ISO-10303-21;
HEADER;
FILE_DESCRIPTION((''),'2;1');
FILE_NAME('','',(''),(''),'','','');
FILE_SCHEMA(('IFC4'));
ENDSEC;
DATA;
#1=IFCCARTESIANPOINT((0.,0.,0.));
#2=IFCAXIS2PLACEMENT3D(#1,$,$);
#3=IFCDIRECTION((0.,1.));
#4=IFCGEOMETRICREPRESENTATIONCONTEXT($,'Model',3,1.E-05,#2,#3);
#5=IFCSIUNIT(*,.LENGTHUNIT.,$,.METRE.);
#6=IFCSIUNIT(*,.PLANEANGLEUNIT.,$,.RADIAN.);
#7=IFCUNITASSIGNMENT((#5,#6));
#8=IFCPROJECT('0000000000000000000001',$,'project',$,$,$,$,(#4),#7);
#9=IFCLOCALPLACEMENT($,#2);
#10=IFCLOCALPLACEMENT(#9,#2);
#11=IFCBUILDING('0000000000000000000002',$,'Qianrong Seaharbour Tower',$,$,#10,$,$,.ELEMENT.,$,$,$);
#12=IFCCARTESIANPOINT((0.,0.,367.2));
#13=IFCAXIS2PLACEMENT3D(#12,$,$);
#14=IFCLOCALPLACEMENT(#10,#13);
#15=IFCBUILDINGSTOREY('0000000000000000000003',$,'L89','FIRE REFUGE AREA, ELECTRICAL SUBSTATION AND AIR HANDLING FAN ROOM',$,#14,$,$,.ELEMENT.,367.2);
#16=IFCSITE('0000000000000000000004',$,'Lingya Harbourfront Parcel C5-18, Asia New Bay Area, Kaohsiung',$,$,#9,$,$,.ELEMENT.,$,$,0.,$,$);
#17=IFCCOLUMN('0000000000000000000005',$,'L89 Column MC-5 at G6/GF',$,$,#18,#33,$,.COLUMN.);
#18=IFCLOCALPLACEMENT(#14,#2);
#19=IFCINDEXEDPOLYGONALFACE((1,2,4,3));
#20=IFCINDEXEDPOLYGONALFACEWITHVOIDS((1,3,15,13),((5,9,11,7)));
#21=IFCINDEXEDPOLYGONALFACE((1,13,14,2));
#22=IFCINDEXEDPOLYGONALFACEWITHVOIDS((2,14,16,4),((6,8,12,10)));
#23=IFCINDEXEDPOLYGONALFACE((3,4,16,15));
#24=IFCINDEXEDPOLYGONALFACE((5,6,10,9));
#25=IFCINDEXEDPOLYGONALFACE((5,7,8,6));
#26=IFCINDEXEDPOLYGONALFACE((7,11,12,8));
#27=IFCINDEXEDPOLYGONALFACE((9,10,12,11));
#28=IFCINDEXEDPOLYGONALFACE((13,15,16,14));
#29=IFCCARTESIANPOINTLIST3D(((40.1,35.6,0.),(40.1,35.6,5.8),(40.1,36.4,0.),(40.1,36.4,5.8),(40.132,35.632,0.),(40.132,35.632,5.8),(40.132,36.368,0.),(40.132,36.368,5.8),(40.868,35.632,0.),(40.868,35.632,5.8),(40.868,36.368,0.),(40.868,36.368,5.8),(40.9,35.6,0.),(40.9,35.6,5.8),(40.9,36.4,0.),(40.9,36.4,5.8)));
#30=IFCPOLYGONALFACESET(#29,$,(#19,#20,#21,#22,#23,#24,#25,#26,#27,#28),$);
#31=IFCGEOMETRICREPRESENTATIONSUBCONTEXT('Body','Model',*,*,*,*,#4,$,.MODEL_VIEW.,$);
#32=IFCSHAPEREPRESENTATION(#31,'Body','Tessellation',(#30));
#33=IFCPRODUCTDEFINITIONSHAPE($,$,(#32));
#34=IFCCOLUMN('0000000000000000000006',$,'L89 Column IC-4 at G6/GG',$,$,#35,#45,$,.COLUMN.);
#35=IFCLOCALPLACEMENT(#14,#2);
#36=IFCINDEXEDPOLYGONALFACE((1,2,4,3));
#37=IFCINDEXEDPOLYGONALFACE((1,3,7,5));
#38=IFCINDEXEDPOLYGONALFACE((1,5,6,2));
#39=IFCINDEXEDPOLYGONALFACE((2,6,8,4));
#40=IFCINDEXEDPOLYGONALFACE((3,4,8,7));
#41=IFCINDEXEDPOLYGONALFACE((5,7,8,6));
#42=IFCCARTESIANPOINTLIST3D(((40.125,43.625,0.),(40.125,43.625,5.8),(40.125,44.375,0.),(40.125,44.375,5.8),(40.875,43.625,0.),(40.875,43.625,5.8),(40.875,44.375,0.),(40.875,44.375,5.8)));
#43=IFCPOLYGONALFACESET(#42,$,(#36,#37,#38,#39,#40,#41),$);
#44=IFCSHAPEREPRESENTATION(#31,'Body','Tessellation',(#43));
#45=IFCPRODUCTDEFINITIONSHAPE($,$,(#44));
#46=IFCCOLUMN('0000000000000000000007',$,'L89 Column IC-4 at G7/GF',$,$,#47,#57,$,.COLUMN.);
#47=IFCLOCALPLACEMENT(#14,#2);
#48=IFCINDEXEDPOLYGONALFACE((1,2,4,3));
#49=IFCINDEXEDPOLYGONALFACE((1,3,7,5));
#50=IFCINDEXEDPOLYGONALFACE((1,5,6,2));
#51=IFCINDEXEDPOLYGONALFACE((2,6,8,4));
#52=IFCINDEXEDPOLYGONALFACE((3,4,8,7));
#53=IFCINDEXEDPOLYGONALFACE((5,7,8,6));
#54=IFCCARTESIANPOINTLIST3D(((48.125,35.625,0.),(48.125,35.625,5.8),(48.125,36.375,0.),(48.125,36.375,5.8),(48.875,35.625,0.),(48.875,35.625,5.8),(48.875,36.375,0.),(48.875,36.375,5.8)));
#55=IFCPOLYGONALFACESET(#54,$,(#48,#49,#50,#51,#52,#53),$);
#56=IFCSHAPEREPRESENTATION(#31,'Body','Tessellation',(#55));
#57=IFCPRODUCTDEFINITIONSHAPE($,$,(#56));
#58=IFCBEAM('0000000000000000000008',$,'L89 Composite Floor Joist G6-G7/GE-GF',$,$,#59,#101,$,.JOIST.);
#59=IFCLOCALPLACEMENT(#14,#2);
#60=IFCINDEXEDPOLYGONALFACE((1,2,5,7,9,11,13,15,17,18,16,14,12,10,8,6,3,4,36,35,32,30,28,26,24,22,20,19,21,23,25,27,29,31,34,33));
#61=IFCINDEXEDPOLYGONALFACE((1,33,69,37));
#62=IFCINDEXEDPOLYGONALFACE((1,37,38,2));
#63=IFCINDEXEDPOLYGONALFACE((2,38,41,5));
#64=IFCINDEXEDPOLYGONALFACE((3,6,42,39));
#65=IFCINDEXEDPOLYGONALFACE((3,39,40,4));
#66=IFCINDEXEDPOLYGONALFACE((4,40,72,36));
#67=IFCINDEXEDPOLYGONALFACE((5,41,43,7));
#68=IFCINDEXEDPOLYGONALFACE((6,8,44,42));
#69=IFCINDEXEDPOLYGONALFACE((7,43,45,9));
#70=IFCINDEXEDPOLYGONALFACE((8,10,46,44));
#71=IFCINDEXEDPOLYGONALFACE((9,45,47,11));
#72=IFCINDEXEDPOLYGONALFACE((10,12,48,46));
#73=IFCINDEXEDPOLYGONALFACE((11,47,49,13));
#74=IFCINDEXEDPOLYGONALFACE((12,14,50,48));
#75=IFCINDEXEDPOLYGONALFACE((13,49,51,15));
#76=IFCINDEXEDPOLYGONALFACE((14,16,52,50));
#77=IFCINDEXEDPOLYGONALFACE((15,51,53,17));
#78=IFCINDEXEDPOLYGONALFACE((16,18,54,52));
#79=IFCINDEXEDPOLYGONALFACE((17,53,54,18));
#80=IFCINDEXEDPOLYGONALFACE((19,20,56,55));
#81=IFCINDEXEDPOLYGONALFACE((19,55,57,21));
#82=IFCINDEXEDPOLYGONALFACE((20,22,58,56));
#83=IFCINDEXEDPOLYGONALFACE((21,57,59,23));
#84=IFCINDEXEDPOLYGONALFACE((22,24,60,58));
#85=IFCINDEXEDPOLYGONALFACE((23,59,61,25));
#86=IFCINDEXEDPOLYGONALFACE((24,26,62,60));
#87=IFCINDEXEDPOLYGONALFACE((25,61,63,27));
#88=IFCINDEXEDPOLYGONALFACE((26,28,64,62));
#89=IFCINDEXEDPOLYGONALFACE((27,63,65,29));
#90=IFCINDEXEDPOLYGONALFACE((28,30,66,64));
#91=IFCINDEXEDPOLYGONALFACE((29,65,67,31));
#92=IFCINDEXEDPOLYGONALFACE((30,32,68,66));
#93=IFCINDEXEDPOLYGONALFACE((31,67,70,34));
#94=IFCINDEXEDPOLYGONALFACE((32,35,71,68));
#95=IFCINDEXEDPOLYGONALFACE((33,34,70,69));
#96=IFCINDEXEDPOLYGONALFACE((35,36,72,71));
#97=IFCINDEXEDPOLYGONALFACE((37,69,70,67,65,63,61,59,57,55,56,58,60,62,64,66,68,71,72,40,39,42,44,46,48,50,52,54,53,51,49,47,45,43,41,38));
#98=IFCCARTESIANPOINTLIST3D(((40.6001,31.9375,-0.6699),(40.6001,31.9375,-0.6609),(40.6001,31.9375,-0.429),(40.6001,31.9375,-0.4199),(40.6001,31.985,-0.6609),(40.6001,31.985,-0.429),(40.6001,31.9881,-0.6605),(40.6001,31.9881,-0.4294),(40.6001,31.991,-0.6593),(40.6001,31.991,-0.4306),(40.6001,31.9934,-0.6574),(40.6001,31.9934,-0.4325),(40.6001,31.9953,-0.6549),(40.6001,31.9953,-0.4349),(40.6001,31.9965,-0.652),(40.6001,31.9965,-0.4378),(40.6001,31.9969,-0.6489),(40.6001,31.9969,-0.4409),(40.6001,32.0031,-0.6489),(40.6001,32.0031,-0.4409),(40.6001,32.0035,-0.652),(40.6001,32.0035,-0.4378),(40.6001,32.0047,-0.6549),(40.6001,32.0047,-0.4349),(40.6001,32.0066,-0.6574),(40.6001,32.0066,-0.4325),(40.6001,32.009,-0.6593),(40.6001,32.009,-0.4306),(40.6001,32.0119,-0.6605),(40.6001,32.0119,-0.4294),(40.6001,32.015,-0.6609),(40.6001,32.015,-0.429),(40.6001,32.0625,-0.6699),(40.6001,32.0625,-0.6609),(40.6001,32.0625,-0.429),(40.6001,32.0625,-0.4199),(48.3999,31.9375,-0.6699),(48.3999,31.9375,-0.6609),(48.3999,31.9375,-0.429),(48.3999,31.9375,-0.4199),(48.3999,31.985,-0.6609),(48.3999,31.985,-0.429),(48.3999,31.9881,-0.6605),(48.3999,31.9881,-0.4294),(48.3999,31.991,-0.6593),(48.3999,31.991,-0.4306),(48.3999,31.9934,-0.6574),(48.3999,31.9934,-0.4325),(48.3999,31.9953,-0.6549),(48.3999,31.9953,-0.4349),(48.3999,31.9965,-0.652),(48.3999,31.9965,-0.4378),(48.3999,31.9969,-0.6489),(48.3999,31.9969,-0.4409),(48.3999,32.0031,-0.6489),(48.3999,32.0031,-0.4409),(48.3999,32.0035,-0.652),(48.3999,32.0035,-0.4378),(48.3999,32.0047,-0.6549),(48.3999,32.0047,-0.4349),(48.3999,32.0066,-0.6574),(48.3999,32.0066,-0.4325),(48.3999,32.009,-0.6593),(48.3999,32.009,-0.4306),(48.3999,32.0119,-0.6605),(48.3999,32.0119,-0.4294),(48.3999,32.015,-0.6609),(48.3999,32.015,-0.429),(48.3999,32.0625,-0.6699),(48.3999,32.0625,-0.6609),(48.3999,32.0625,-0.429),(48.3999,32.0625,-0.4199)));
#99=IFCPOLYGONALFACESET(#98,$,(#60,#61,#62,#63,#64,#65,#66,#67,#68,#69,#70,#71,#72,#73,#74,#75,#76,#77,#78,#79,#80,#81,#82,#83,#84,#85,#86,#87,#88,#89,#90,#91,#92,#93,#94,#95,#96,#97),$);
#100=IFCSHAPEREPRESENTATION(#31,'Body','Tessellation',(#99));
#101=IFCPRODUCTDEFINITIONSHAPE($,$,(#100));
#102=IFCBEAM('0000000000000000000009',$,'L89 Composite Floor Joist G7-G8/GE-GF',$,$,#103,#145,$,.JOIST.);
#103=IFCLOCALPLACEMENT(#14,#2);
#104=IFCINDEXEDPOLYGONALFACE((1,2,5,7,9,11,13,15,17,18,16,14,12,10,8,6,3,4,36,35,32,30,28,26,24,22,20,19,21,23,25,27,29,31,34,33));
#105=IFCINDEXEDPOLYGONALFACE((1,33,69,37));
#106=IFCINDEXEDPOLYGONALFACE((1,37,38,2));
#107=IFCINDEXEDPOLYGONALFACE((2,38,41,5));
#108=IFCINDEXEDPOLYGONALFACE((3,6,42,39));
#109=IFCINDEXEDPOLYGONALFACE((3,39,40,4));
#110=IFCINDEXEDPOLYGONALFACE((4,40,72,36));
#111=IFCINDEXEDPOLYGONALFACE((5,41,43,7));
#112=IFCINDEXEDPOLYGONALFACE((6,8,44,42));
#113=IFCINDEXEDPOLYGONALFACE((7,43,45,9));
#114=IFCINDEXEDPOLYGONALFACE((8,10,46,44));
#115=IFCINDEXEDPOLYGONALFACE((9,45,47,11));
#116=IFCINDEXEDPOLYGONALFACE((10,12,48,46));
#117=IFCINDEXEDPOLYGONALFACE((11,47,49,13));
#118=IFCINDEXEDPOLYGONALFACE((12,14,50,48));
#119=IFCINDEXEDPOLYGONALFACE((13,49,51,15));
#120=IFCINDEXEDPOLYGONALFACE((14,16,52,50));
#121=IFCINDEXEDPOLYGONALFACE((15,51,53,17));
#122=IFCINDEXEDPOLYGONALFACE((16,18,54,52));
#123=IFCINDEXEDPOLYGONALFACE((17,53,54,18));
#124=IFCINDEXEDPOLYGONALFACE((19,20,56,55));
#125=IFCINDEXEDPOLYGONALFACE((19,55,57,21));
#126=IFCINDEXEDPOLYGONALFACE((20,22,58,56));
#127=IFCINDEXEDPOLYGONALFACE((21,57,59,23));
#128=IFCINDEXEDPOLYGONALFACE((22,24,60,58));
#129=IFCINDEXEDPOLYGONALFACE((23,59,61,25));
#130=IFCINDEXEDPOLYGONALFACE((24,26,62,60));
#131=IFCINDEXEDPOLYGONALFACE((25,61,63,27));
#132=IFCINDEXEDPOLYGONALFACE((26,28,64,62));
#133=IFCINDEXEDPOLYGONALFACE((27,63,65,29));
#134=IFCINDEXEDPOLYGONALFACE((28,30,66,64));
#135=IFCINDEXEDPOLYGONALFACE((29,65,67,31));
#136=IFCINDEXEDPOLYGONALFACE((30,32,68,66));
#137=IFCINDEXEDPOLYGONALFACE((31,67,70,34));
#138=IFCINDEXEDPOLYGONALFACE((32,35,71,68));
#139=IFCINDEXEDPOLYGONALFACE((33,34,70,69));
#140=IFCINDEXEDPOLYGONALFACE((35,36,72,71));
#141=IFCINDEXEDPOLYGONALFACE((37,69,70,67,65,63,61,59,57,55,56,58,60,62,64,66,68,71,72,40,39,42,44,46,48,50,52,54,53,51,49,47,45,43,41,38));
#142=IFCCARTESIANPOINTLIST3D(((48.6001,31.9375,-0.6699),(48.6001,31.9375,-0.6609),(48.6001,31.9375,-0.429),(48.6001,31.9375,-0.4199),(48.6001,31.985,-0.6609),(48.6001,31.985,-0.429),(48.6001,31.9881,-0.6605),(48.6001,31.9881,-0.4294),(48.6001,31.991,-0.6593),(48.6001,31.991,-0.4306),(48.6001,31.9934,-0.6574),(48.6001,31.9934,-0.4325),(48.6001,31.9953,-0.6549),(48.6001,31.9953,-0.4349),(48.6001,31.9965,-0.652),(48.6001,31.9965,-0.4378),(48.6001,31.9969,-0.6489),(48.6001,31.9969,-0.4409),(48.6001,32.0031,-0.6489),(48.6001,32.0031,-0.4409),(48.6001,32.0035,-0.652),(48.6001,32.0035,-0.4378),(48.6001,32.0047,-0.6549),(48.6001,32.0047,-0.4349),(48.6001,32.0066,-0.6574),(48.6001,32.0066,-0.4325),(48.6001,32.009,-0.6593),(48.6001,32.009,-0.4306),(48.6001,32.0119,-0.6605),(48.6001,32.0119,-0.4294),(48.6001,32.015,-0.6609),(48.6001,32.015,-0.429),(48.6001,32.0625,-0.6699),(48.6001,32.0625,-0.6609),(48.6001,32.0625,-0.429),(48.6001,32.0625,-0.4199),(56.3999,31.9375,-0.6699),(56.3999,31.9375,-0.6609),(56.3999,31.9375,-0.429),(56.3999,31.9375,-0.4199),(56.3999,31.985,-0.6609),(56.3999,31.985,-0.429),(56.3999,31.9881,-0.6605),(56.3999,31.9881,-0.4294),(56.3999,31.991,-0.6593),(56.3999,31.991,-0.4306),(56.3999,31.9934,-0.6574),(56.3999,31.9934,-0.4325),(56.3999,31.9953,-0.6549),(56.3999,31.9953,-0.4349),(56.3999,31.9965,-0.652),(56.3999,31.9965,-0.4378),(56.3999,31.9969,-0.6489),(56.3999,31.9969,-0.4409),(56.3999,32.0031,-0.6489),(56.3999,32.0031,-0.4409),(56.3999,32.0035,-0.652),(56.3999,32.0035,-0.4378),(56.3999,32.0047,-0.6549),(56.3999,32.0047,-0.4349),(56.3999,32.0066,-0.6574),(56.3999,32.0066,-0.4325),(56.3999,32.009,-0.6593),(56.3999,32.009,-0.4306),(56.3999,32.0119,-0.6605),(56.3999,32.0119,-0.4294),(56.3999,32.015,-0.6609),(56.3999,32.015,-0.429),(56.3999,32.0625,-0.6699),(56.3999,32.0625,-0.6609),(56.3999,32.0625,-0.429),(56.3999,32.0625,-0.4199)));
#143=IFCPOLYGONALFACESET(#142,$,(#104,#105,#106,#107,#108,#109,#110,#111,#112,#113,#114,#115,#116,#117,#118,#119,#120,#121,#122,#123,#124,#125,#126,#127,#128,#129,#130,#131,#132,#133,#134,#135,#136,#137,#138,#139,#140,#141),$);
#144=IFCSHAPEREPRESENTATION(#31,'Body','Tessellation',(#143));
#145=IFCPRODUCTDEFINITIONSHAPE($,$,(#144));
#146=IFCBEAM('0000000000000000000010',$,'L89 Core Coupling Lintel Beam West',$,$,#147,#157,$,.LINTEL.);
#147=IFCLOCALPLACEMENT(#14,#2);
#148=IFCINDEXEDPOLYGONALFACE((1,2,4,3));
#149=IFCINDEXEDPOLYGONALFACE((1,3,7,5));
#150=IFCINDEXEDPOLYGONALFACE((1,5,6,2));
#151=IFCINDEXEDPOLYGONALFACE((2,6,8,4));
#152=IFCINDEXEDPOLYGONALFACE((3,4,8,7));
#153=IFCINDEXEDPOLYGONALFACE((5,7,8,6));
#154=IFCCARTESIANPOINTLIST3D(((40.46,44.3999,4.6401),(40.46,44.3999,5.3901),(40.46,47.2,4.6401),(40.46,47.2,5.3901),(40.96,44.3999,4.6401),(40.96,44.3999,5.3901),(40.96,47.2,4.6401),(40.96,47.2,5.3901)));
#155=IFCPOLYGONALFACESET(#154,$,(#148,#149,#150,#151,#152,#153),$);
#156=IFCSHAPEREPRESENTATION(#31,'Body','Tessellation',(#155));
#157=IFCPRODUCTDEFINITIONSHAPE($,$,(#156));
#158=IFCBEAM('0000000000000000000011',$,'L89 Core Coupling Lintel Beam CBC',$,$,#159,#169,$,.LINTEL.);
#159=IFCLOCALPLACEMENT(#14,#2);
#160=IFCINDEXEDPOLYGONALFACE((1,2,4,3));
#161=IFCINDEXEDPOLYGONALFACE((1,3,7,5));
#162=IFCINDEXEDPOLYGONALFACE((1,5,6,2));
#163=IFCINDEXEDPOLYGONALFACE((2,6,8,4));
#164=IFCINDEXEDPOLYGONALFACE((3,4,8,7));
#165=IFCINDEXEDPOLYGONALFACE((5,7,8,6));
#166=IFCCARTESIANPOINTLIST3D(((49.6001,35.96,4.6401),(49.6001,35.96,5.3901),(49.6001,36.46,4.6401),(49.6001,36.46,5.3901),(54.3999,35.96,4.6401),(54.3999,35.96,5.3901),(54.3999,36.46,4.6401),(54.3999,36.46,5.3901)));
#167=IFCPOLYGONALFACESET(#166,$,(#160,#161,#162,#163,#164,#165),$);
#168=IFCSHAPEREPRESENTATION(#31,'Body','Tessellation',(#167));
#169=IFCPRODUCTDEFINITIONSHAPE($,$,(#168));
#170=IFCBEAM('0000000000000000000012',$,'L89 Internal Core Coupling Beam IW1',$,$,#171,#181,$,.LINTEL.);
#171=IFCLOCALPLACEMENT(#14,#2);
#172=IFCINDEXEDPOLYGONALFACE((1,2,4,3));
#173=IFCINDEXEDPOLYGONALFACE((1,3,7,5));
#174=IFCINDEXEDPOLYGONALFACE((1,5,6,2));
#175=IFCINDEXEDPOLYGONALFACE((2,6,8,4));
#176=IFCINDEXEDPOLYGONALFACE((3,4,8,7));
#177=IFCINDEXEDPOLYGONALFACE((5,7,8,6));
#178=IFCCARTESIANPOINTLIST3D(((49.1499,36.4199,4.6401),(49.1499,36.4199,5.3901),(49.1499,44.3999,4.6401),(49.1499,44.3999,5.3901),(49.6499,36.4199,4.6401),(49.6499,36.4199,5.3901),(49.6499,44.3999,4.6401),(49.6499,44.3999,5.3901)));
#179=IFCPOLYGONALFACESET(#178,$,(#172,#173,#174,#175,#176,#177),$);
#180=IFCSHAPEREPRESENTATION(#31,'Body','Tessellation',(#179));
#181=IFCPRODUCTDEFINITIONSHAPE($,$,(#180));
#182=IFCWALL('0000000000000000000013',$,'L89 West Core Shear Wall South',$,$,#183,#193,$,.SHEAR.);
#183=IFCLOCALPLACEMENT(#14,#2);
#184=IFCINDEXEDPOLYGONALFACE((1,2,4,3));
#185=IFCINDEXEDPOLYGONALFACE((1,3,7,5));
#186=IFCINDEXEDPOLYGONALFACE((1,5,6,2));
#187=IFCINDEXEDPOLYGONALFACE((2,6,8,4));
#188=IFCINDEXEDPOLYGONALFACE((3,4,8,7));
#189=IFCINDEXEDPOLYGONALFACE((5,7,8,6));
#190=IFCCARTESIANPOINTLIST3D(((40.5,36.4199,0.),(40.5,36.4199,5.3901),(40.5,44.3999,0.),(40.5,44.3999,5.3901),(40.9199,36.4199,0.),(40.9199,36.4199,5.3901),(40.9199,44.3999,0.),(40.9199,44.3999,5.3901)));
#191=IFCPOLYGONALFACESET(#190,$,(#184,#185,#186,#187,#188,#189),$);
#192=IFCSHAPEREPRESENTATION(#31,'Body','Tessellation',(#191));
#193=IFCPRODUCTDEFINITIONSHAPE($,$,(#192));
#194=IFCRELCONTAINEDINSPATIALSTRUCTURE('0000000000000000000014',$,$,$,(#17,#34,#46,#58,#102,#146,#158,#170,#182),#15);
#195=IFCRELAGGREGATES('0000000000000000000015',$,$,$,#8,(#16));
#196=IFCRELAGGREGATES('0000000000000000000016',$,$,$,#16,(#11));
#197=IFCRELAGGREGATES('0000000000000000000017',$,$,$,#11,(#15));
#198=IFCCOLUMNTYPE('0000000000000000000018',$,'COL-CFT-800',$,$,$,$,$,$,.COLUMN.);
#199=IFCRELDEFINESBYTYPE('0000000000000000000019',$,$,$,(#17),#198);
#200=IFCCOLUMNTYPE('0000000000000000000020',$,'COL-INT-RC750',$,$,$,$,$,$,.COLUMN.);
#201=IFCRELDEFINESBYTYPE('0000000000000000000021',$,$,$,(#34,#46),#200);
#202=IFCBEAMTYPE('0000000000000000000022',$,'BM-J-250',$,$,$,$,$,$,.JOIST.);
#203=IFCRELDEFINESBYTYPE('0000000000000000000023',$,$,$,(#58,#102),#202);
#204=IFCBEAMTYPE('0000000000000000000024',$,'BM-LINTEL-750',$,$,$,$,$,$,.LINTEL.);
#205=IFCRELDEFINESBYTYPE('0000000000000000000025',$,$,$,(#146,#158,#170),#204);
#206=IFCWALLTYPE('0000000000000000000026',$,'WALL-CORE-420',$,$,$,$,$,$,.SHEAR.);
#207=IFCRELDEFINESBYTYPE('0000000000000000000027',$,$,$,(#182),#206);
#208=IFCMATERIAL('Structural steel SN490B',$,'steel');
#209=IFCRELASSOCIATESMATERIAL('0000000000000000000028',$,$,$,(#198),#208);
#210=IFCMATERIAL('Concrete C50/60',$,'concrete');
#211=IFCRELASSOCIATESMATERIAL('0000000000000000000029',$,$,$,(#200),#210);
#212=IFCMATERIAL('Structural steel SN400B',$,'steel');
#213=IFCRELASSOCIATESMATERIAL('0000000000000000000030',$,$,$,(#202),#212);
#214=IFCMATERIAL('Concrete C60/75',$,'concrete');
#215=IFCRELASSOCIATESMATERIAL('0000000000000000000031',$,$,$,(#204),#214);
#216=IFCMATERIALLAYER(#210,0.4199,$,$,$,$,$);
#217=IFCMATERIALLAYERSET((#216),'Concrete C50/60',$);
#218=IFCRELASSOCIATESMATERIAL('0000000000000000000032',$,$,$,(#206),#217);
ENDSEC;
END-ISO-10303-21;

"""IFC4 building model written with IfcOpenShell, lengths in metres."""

from ifc_helpers import new_model, si_unit, direction, frame, frame_2d, origin, origin_2d, place, context, subcontext, project, spatial, rectangle, hollow_rectangle, i_section, extrude, material, layer, layer_set, material_profile, profile_set, type_object, element, save


model = new_model("IFC4")

# Units and contexts
model_context = context("Model", 3, precision=1e-05, world=origin(), true_north=direction((0.0, 1.0)))
body_context = subcontext(model_context, "Body", "Model", "MODEL_VIEW")
ifc_project = project(units=[si_unit("LENGTHUNIT", "METRE"), si_unit("PLANEANGLEUNIT", "RADIAN")], contexts=[model_context])

# Site, building, storey
site_placement = place(None, origin())
site = spatial("IfcSite", under=ifc_project, at=site_placement, Name="Lingya Harbourfront Parcel C5-18, Asia New Bay Area, Kaohsiung", CompositionType="ELEMENT", RefElevation=0.0)
building_placement = place(site_placement, origin())
building = spatial("IfcBuilding", under=site, at=building_placement, Name="Qianrong Seaharbour Tower", CompositionType="ELEMENT")
storey_placement = place(building_placement, frame((0.0, 0.0, 367.2)))
storey = spatial("IfcBuildingStorey", under=building, at=storey_placement, Name="L89", Description="FIRE REFUGE AREA, ELECTRICAL SUBSTATION AND AIR HANDLING FAN ROOM", CompositionType="ELEMENT", Elevation=367.2)

# Columns
ifc_material_1 = material(Name="Structural steel SN490B", Category="steel")
ifc_material_profile_1 = material_profile(ifc_material_1, hollow_rectangle(XDim=0.8, YDim=0.8, WallThickness=0.032, at=origin_2d()), Name="BOX800x800x32")
ifc_profile_set_1 = profile_set([ifc_material_profile_1], Name="Structural steel SN490B")
column_type_1 = type_object("IfcColumnType", Name="COL-CFT-800", PredefinedType="COLUMN", material=ifc_profile_set_1)
column_placement = place(storey_placement, frame((40.5, 36.0, 0.0), z_axis=(0.0, 0.0, 1.0), x_axis=(1.0, 0.0, 0.0)))
element("IfcColumn", 1, at=column_placement, inside=storey, type_object=column_type_1, Name="L89 Column MC-5 at G6/GF", PredefinedType="COLUMN", context=body_context, shape_type="SweptSolid", body=[
    extrude(hollow_rectangle(XDim=0.8, YDim=0.8, WallThickness=0.032, at=origin_2d()), origin(), (0.0, 0.0, 1.0), 5.8),
])
ifc_material_2 = material(Name="Concrete C50/60", Category="concrete")
ifc_material_profile_2 = material_profile(ifc_material_2, rectangle(XDim=0.75, YDim=0.75, at=origin_2d()), Name="RC750x750")
ifc_profile_set_2 = profile_set([ifc_material_profile_2], Name="Concrete C50/60")
column_type_2 = type_object("IfcColumnType", Name="COL-INT-RC750", PredefinedType="COLUMN", material=ifc_profile_set_2)
for number, where, z_axis, x_axis, name in (
    (2, (40.5, 44.0, 0.0), (0.0, 0.0, 1.0), (1.0, 0.0, 0.0), "L89 Column IC-4 at G6/GG"),
    (3, (48.5, 36.0, 0.0), (0.0, 0.0, 1.0), (1.0, 0.0, 0.0), "L89 Column IC-4 at G7/GF"),
):
    element("IfcColumn", number, at=place(storey_placement, frame(where, z_axis=z_axis, x_axis=x_axis)), inside=storey, type_object=column_type_2, Name=name, PredefinedType="COLUMN", context=body_context, shape_type="SweptSolid", body=[
        extrude(rectangle(XDim=0.75, YDim=0.75, at=origin_2d()), origin(), (0.0, 0.0, 1.0), 5.8),
    ])

# Beams
ifc_material_3 = material(Name="Structural steel SN400B", Category="steel")
ifc_material_profile_3 = material_profile(ifc_material_3, i_section(OverallWidth=0.125, OverallDepth=0.25, WebThickness=0.0061, FlangeThickness=0.009, FilletRadius=0.012, at=origin_2d()), Name="H250x125x6x9")
ifc_profile_set_3 = profile_set([ifc_material_profile_3], Name="Structural steel SN400B")
beam_type_1 = type_object("IfcBeamType", Name="BM-J-250", PredefinedType="JOIST", material=ifc_profile_set_3)
for number, where, z_axis, x_axis, name in (
    (4, (40.6001, 32.0, -0.5449), (1.0, 0.0, 0.0), (0.0, 1.0, 0.0), "L89 Composite Floor Joist G6-G7/GE-GF"),
    (5, (48.6001, 32.0, -0.5449), (1.0, 0.0, 0.0), (0.0, 1.0, 0.0), "L89 Composite Floor Joist G7-G8/GE-GF"),
):
    element("IfcBeam", number, at=place(storey_placement, frame(where, z_axis=z_axis, x_axis=x_axis)), inside=storey, type_object=beam_type_1, Name=name, PredefinedType="JOIST", context=body_context, shape_type="SweptSolid", body=[
        extrude(i_section(OverallWidth=0.125, OverallDepth=0.25, WebThickness=0.0061, FlangeThickness=0.009, FilletRadius=0.012, at=origin_2d()), origin(), (0.0, 0.0, 1.0), 7.7998),
    ])
ifc_material_4 = material(Name="Concrete C60/75", Category="concrete")
ifc_material_profile_4 = material_profile(ifc_material_4, rectangle(XDim=0.5, YDim=0.75, at=origin_2d()), Name="RC500x750")
ifc_profile_set_4 = profile_set([ifc_material_profile_4], Name="Concrete C60/75")
beam_type_2 = type_object("IfcBeamType", Name="BM-LINTEL-750", PredefinedType="LINTEL", material=ifc_profile_set_4)
beam_1_placement = place(storey_placement, frame((40.71, 44.3999, 5.0151), z_axis=(0.0, 1.0, 0.0), x_axis=(-1.0, 0.0, 0.0)))
element("IfcBeam", 6, at=beam_1_placement, inside=storey, type_object=beam_type_2, Name="L89 Core Coupling Lintel Beam West", PredefinedType="LINTEL", context=body_context, shape_type="SweptSolid", body=[
    extrude(rectangle(XDim=0.5, YDim=0.75, at=origin_2d()), origin(), (0.0, 0.0, 1.0), 2.8),
])
beam_2_placement = place(storey_placement, frame((49.6001, 36.21, 5.0151), z_axis=(1.0, 0.0, 0.0), x_axis=(0.0, 1.0, 0.0)))
element("IfcBeam", 7, at=beam_2_placement, inside=storey, type_object=beam_type_2, Name="L89 Core Coupling Lintel Beam CBC", PredefinedType="LINTEL", context=body_context, shape_type="SweptSolid", body=[
    extrude(rectangle(XDim=0.5, YDim=0.75, at=origin_2d()), origin(), (0.0, 0.0, 1.0), 4.7998),
])
beam_3_placement = place(storey_placement, frame((49.3999, 36.4199, 5.0151), z_axis=(0.0, 1.0, 0.0), x_axis=(-1.0, 0.0, 0.0)))
element("IfcBeam", 8, at=beam_3_placement, inside=storey, type_object=beam_type_2, Name="L89 Internal Core Coupling Beam IW1", PredefinedType="LINTEL", context=body_context, shape_type="SweptSolid", body=[
    extrude(rectangle(XDim=0.5, YDim=0.75, at=origin_2d()), origin(), (0.0, 0.0, 1.0), 7.98),
])

# Wall
ifc_layer_1 = layer(ifc_material_2, 0.4199)
ifc_layer_set_1 = layer_set([ifc_layer_1], Name="Concrete C50/60")
wall_type_1 = type_object("IfcWallType", Name="WALL-CORE-420", PredefinedType="SHEAR", material=ifc_layer_set_1)
wall_1_placement = place(storey_placement, frame((40.71, 36.4199, 0.0), z_axis=(0.0, 0.0, 1.0), x_axis=(0.0, 1.0, 0.0)))
element("IfcWall", 9, at=wall_1_placement, inside=storey, type_object=wall_type_1, Name="L89 West Core Shear Wall South", PredefinedType="SHEAR", context=body_context, shape_type="SweptSolid", body=[
    extrude(rectangle(XDim=7.98, YDim=0.4199, at=frame_2d((3.99, 0.0))), origin(), (0.0, 0.0, 1.0), 5.3901),
])

save(model, "model.ifc")
